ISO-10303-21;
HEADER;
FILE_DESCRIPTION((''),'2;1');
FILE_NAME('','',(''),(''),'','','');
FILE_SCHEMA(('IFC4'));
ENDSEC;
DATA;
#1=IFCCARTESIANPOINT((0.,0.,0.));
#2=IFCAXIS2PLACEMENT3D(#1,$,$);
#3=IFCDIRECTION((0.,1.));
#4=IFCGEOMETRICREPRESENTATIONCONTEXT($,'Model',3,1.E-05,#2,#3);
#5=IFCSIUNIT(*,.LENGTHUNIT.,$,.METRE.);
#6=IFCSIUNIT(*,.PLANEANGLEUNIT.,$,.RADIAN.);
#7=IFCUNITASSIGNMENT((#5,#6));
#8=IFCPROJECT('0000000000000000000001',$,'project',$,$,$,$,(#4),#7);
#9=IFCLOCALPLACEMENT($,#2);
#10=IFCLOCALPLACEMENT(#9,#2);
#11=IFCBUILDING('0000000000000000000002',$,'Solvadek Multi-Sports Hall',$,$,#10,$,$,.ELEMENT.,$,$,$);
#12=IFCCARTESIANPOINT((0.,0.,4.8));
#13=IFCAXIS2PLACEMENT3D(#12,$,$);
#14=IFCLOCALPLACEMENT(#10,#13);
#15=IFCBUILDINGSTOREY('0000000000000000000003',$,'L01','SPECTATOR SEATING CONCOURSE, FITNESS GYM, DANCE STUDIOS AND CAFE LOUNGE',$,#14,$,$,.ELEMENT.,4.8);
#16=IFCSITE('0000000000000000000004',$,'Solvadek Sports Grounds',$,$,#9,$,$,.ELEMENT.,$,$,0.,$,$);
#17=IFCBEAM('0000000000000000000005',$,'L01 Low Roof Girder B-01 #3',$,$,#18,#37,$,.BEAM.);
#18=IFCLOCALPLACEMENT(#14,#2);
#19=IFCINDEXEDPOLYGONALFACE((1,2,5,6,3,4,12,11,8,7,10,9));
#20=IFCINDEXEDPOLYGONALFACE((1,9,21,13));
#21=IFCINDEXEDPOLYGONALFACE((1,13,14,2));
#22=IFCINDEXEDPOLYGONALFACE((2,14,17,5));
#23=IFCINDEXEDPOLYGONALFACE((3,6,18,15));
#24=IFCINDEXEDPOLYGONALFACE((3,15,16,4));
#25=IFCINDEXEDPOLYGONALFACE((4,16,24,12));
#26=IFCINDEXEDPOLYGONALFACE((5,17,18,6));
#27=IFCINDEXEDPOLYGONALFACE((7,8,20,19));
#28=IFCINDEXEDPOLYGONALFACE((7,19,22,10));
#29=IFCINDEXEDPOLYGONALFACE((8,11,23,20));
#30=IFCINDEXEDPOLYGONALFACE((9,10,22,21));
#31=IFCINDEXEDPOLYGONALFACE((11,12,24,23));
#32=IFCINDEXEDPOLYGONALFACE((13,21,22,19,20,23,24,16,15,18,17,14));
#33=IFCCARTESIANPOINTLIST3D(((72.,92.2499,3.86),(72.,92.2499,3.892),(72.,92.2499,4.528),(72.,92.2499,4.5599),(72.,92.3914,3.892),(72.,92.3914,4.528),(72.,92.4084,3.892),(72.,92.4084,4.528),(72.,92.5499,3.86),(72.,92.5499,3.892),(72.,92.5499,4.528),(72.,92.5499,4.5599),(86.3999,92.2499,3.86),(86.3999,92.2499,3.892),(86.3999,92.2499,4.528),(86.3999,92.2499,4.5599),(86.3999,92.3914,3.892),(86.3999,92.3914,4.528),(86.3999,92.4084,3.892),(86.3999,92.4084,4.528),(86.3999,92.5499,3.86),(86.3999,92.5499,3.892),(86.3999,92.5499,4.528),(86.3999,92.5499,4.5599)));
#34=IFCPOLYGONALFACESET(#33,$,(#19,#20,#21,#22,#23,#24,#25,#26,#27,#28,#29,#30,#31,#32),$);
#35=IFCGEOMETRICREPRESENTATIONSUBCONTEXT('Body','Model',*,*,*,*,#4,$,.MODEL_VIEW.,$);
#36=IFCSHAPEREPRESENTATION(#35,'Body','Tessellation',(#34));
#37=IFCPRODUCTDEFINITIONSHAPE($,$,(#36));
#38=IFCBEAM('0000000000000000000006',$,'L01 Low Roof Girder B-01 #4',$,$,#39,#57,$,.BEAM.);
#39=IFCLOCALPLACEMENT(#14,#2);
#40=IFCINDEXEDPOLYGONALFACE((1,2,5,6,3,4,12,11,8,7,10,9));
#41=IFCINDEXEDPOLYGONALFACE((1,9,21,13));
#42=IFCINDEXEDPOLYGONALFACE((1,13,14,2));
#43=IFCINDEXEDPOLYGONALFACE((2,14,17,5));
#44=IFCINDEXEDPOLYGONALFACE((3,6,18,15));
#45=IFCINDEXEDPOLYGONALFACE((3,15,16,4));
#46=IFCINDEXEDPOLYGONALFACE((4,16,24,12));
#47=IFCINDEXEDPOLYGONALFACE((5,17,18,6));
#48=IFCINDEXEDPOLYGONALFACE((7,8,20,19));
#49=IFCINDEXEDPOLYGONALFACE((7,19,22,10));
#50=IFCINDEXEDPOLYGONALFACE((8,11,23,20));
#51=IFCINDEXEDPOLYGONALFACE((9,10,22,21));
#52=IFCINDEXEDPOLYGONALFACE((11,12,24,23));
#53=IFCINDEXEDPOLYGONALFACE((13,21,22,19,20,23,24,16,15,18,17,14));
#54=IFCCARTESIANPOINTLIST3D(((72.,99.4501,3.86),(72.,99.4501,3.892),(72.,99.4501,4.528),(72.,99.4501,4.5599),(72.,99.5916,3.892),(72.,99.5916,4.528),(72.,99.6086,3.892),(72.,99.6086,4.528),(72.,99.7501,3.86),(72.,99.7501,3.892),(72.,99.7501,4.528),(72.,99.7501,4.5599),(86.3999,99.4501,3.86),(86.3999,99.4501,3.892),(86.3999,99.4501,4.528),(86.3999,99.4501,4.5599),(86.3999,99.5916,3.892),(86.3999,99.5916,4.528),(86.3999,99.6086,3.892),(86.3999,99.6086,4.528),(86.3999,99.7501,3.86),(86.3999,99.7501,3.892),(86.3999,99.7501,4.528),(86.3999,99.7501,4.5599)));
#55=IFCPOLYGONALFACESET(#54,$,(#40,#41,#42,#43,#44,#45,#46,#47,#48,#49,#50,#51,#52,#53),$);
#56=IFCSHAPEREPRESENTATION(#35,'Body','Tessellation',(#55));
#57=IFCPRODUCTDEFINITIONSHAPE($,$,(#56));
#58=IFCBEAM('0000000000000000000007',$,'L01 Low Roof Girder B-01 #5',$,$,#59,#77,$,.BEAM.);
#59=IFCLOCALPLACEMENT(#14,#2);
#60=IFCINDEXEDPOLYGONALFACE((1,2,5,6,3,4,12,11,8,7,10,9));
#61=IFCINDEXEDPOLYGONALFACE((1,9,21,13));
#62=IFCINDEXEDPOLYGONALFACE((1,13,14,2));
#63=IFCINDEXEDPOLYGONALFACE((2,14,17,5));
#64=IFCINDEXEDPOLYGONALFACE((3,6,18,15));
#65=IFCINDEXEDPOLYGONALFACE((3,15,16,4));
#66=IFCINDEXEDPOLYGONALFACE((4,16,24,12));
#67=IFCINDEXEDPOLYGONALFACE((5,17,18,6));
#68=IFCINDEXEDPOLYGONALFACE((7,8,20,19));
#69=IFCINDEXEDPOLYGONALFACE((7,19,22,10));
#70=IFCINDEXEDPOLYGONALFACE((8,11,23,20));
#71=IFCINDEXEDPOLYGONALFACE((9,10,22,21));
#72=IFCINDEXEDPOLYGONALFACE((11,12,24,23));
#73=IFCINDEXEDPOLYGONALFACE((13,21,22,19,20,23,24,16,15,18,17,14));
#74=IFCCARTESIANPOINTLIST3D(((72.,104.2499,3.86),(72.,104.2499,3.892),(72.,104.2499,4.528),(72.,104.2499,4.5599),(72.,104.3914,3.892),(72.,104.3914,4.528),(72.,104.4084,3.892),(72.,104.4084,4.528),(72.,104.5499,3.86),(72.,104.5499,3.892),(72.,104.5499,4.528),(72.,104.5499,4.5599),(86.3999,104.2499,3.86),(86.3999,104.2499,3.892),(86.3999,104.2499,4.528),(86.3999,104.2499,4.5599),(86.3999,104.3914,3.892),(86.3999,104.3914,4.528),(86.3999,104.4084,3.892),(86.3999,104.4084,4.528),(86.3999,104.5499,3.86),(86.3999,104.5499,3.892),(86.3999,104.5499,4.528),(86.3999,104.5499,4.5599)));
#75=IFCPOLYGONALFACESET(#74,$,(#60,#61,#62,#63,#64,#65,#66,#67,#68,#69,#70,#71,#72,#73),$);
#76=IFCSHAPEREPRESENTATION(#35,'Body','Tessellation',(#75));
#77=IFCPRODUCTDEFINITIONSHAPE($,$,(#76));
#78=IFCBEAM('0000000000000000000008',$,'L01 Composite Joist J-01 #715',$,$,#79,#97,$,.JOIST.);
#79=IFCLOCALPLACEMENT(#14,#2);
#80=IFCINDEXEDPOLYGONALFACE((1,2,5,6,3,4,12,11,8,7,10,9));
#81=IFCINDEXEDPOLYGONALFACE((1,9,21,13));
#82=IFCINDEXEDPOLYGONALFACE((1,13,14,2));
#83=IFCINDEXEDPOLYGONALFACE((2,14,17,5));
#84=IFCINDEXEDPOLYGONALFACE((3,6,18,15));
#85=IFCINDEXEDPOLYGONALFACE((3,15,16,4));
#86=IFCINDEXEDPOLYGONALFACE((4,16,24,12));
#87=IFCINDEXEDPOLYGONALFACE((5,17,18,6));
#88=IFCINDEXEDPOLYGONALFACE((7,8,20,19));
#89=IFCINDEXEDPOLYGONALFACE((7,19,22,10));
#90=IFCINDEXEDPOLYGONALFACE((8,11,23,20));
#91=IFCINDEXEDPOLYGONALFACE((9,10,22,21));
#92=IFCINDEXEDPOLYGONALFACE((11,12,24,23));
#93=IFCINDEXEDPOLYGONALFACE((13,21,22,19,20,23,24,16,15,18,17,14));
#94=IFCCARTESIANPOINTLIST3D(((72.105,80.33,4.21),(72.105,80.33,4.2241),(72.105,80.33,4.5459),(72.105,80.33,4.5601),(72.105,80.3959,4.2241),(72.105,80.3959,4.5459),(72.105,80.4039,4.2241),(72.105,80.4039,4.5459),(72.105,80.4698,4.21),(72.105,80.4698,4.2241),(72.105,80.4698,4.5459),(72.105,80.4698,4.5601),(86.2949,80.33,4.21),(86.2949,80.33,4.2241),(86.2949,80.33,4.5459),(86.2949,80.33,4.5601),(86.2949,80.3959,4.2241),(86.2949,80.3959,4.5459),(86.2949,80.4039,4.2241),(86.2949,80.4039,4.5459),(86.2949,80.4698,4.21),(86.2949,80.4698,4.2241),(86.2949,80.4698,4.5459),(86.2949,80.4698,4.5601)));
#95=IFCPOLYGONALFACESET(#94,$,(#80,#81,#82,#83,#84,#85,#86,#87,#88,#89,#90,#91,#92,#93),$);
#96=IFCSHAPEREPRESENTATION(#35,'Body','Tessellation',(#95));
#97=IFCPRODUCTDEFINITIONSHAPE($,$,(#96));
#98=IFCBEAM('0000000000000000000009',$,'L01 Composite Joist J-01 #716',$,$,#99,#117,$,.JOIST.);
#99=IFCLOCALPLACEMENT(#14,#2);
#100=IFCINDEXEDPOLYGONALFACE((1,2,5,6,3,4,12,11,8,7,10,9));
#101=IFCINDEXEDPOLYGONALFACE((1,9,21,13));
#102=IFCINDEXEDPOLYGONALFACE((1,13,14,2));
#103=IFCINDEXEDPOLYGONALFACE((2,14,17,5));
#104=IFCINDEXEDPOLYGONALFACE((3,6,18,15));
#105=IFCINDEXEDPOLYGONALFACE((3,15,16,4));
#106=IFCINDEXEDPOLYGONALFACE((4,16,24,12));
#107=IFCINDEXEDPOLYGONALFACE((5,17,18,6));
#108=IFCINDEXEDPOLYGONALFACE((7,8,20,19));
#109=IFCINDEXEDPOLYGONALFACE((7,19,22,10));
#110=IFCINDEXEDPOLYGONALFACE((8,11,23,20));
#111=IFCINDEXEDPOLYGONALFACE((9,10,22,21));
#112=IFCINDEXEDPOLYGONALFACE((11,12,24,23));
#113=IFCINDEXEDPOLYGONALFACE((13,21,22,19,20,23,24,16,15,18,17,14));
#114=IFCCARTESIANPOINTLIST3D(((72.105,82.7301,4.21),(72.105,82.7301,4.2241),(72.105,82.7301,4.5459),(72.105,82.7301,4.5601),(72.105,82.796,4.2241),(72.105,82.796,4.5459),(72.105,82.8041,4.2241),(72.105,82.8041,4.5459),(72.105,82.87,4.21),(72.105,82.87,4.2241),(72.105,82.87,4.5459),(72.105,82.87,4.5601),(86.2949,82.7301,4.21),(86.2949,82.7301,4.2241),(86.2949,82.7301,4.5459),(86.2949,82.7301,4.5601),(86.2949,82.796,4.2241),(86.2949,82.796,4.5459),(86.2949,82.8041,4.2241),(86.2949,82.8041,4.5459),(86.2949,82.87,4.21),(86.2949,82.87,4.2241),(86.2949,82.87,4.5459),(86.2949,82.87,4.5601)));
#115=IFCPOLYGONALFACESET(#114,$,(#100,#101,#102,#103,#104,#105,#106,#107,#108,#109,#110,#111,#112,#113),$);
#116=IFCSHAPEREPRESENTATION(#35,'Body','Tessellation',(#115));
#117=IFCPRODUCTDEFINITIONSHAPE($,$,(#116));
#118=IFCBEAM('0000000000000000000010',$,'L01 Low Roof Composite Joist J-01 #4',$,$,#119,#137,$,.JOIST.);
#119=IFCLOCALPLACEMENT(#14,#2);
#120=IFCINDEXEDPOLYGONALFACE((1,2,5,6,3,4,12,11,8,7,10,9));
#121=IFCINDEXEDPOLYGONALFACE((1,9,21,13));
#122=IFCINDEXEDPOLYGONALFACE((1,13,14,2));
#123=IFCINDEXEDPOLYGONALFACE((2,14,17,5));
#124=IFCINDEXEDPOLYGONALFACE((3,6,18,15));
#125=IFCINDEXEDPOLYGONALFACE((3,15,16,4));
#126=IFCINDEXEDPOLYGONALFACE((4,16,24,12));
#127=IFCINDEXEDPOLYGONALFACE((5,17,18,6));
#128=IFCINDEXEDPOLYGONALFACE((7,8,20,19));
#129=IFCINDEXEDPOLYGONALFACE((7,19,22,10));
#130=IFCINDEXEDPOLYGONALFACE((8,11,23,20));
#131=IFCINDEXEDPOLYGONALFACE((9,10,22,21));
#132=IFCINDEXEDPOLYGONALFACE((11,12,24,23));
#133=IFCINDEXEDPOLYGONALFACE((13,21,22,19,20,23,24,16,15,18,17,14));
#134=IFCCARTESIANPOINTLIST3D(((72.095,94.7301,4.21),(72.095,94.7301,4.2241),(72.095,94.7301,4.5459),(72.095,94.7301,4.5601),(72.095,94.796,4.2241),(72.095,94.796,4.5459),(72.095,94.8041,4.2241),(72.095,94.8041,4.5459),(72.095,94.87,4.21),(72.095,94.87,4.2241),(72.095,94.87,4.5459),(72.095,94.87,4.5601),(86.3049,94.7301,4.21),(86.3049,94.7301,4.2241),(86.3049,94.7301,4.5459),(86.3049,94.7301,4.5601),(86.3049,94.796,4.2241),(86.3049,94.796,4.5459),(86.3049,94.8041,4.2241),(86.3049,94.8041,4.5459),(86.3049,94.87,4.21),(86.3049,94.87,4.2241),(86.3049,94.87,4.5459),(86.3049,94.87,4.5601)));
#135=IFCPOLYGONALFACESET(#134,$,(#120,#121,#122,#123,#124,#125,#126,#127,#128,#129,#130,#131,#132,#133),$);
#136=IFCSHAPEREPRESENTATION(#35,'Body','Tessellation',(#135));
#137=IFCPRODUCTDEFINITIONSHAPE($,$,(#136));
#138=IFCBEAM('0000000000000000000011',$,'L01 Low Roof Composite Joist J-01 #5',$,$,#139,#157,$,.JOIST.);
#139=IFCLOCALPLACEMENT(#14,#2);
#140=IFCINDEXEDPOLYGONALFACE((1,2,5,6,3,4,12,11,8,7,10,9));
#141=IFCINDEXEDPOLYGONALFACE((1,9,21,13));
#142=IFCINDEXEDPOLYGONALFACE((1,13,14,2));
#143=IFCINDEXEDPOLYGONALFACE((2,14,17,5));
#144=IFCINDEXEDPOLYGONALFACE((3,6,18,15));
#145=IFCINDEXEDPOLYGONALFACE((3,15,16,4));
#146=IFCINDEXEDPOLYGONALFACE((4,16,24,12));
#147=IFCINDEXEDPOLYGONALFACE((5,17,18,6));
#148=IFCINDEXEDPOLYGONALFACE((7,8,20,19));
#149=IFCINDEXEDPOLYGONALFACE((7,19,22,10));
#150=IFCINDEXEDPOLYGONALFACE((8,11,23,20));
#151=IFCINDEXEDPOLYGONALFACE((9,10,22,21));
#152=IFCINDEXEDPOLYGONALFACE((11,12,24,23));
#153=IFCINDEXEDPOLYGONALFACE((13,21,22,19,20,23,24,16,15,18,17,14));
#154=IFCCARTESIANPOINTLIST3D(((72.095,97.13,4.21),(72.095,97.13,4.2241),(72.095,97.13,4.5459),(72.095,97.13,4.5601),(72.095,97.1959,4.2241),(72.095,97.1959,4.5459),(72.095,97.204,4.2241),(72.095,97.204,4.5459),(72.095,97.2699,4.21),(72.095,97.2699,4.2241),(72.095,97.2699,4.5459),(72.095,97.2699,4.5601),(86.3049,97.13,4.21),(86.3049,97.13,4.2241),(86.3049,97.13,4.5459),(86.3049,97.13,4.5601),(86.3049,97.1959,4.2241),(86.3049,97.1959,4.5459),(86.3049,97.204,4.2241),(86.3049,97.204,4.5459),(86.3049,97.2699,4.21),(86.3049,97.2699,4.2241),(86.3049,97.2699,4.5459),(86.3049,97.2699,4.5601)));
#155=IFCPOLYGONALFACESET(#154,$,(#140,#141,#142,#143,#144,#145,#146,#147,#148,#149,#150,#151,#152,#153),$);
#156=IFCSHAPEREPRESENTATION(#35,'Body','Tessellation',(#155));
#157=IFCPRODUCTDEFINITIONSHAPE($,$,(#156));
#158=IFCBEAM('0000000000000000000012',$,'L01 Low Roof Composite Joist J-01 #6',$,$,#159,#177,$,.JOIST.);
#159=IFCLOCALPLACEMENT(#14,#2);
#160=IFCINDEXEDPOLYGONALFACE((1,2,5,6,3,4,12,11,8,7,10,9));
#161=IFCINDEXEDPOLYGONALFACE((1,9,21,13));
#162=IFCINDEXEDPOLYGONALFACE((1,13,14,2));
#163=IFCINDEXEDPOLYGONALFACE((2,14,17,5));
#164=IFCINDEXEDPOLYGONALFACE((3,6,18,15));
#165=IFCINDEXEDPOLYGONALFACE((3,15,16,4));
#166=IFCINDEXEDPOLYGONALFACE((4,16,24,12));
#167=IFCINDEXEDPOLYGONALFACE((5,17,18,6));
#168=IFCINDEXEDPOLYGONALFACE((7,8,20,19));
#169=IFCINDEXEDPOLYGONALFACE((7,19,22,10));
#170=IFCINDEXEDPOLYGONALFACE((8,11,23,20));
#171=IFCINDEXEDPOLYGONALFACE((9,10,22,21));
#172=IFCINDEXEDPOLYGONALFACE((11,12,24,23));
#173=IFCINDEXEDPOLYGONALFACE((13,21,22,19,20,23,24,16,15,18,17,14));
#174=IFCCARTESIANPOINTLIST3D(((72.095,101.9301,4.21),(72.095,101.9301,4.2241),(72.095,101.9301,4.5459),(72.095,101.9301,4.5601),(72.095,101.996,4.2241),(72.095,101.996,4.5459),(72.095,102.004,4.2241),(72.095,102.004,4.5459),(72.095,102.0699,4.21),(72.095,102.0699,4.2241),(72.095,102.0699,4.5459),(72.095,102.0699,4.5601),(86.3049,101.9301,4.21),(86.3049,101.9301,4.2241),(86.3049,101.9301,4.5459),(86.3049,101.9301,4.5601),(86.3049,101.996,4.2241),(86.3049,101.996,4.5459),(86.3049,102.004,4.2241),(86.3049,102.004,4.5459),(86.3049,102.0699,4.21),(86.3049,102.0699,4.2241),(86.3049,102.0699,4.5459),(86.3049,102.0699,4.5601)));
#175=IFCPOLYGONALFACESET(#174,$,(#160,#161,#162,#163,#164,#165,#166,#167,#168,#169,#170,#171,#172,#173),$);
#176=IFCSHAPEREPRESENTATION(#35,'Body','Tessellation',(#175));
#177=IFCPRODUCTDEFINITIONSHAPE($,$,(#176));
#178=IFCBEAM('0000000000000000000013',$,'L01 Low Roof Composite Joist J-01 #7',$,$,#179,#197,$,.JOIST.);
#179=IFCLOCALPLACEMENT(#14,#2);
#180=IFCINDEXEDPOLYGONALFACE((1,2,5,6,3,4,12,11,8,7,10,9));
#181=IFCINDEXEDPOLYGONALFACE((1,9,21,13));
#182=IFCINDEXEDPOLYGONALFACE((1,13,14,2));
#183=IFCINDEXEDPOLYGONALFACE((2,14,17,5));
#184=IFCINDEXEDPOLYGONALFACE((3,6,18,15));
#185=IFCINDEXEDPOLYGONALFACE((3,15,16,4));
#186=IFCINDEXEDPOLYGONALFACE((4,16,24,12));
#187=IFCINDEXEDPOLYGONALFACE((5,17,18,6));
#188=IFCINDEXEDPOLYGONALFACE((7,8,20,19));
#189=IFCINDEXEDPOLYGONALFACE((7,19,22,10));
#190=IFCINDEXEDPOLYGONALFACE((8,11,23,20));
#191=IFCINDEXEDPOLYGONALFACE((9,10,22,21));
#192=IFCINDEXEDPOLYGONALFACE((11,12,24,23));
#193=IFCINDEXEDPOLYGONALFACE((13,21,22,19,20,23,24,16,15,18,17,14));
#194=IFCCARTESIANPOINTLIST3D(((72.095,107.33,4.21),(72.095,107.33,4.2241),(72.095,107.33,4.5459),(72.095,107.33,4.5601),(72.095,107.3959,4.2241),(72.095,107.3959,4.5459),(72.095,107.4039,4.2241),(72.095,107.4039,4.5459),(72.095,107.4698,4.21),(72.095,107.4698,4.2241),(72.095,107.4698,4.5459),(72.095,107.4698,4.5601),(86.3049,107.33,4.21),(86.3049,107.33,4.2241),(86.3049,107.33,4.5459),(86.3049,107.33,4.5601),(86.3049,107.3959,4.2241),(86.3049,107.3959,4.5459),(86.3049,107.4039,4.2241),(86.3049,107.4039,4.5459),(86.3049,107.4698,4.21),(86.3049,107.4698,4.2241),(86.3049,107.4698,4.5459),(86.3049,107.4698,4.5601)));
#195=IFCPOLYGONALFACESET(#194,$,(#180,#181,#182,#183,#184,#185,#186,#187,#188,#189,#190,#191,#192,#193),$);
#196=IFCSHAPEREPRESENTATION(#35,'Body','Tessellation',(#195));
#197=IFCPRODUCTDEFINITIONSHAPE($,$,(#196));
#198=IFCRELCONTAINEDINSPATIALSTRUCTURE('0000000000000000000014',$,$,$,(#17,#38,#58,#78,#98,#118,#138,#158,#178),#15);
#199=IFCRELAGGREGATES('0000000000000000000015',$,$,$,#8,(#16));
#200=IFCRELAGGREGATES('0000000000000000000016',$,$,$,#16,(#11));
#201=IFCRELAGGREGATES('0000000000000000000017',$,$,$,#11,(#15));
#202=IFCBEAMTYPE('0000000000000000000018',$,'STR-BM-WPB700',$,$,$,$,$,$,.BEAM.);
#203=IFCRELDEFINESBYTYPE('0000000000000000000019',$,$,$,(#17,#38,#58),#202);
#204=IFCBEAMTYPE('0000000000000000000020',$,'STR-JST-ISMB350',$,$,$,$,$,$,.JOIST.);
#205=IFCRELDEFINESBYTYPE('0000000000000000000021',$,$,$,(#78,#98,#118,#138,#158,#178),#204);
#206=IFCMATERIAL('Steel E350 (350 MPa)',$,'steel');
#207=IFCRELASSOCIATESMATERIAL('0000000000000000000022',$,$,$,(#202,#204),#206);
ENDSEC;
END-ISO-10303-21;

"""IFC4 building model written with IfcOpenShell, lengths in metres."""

from ifc_helpers import new_model, si_unit, direction, frame, origin, origin_2d, place, context, subcontext, project, spatial, i_section, extrude, material, material_profile, profile_set, type_object, element, save


model = new_model("IFC4")

# Units and contexts
model_context = context("Model", 3, precision=1e-05, world=origin(), true_north=direction((0.0, 1.0)))
body_context = subcontext(model_context, "Body", "Model", "MODEL_VIEW")
ifc_project = project(units=[si_unit("LENGTHUNIT", "METRE"), si_unit("PLANEANGLEUNIT", "RADIAN")], contexts=[model_context])

# Site, building, storey
site_placement = place(None, origin())
site = spatial("IfcSite", under=ifc_project, at=site_placement, Name="Solvadek Sports Grounds", CompositionType="ELEMENT", RefElevation=0.0)
building_placement = place(site_placement, origin())
building = spatial("IfcBuilding", under=site, at=building_placement, Name="Solvadek Multi-Sports Hall", CompositionType="ELEMENT")
storey_placement = place(building_placement, frame((0.0, 0.0, 4.8)))
storey = spatial("IfcBuildingStorey", under=building, at=storey_placement, Name="L01", Description="SPECTATOR SEATING CONCOURSE, FITNESS GYM, DANCE STUDIOS AND CAFE LOUNGE", CompositionType="ELEMENT", Elevation=4.8)

# Shared definitions
ifc_material_1 = material(Name="Steel E350 (350 MPa)", Category="steel")

# Beams
ifc_material_profile_1 = material_profile(ifc_material_1, i_section(OverallWidth=0.3, OverallDepth=0.7, WebThickness=0.0171, FlangeThickness=0.032, at=origin_2d()), Name="WPB 700")
ifc_profile_set_1 = profile_set([ifc_material_profile_1], Name="Steel E350 (350 MPa)")
beam_type_1 = type_object("IfcBeamType", Name="STR-BM-WPB700", PredefinedType="BEAM", material=ifc_profile_set_1)
for number, where, z_axis, x_axis, name in (
    (1, (72.0, 92.3999, 4.21), (1.0, 0.0, 0.0), (0.0, 1.0, 0.0), "L01 Low Roof Girder B-01 #3"),
    (2, (72.0, 99.6001, 4.21), (1.0, 0.0, 0.0), (0.0, 1.0, 0.0), "L01 Low Roof Girder B-01 #4"),
    (3, (72.0, 104.3999, 4.21), (1.0, 0.0, 0.0), (0.0, 1.0, 0.0), "L01 Low Roof Girder B-01 #5"),
):
    element("IfcBeam", number, at=place(storey_placement, frame(where, z_axis=z_axis, x_axis=x_axis)), inside=storey, type_object=beam_type_1, Name=name, PredefinedType="BEAM", context=body_context, shape_type="SweptSolid", body=[
        extrude(i_section(OverallWidth=0.3, OverallDepth=0.7, WebThickness=0.0171, FlangeThickness=0.032, at=origin_2d()), origin(), (0.0, 0.0, 1.0), 14.3999),
    ])
ifc_material_profile_2 = material_profile(ifc_material_1, i_section(OverallWidth=0.1399, OverallDepth=0.3501, WebThickness=0.0081, FlangeThickness=0.0142, at=origin_2d()), Name="ISMB 350")
ifc_profile_set_2 = profile_set([ifc_material_profile_2], Name="Steel E350 (350 MPa)")
beam_type_2 = type_object("IfcBeamType", Name="STR-JST-ISMB350", PredefinedType="JOIST", material=ifc_profile_set_2)
for number, where, z_axis, x_axis, name in (
    (4, (72.105, 80.3999, 4.385), (1.0, 0.0, 0.0), (0.0, 1.0, 0.0), "L01 Composite Joist J-01 #715"),
    (5, (72.105, 82.8, 4.385), (1.0, 0.0, 0.0), (0.0, 1.0, 0.0), "L01 Composite Joist J-01 #716"),
):
    element("IfcBeam", number, at=place(storey_placement, frame(where, z_axis=z_axis, x_axis=x_axis)), inside=storey, type_object=beam_type_2, Name=name, PredefinedType="JOIST", context=body_context, shape_type="SweptSolid", body=[
        extrude(i_section(OverallWidth=0.1399, OverallDepth=0.3501, WebThickness=0.0081, FlangeThickness=0.0142, at=origin_2d()), origin(), (0.0, 0.0, 1.0), 14.1899),
    ])
for number, where, z_axis, x_axis, name in (
    (6, (72.095, 94.8, 4.385), (1.0, 0.0, 0.0), (0.0, 1.0, 0.0), "L01 Low Roof Composite Joist J-01 #4"),
    (7, (72.095, 97.2, 4.385), (1.0, 0.0, 0.0), (0.0, 1.0, 0.0), "L01 Low Roof Composite Joist J-01 #5"),
    (8, (72.095, 102.0, 4.385), (1.0, 0.0, 0.0), (0.0, 1.0, 0.0), "L01 Low Roof Composite Joist J-01 #6"),
    (9, (72.095, 107.3999, 4.385), (1.0, 0.0, 0.0), (0.0, 1.0, 0.0), "L01 Low Roof Composite Joist J-01 #7"),
):
    element("IfcBeam", number, at=place(storey_placement, frame(where, z_axis=z_axis, x_axis=x_axis)), inside=storey, type_object=beam_type_2, Name=name, PredefinedType="JOIST", context=body_context, shape_type="SweptSolid", body=[
        extrude(i_section(OverallWidth=0.1399, OverallDepth=0.3501, WebThickness=0.0081, FlangeThickness=0.0142, at=origin_2d()), origin(), (0.0, 0.0, 1.0), 14.21),
    ])

save(model, "model.ifc")
